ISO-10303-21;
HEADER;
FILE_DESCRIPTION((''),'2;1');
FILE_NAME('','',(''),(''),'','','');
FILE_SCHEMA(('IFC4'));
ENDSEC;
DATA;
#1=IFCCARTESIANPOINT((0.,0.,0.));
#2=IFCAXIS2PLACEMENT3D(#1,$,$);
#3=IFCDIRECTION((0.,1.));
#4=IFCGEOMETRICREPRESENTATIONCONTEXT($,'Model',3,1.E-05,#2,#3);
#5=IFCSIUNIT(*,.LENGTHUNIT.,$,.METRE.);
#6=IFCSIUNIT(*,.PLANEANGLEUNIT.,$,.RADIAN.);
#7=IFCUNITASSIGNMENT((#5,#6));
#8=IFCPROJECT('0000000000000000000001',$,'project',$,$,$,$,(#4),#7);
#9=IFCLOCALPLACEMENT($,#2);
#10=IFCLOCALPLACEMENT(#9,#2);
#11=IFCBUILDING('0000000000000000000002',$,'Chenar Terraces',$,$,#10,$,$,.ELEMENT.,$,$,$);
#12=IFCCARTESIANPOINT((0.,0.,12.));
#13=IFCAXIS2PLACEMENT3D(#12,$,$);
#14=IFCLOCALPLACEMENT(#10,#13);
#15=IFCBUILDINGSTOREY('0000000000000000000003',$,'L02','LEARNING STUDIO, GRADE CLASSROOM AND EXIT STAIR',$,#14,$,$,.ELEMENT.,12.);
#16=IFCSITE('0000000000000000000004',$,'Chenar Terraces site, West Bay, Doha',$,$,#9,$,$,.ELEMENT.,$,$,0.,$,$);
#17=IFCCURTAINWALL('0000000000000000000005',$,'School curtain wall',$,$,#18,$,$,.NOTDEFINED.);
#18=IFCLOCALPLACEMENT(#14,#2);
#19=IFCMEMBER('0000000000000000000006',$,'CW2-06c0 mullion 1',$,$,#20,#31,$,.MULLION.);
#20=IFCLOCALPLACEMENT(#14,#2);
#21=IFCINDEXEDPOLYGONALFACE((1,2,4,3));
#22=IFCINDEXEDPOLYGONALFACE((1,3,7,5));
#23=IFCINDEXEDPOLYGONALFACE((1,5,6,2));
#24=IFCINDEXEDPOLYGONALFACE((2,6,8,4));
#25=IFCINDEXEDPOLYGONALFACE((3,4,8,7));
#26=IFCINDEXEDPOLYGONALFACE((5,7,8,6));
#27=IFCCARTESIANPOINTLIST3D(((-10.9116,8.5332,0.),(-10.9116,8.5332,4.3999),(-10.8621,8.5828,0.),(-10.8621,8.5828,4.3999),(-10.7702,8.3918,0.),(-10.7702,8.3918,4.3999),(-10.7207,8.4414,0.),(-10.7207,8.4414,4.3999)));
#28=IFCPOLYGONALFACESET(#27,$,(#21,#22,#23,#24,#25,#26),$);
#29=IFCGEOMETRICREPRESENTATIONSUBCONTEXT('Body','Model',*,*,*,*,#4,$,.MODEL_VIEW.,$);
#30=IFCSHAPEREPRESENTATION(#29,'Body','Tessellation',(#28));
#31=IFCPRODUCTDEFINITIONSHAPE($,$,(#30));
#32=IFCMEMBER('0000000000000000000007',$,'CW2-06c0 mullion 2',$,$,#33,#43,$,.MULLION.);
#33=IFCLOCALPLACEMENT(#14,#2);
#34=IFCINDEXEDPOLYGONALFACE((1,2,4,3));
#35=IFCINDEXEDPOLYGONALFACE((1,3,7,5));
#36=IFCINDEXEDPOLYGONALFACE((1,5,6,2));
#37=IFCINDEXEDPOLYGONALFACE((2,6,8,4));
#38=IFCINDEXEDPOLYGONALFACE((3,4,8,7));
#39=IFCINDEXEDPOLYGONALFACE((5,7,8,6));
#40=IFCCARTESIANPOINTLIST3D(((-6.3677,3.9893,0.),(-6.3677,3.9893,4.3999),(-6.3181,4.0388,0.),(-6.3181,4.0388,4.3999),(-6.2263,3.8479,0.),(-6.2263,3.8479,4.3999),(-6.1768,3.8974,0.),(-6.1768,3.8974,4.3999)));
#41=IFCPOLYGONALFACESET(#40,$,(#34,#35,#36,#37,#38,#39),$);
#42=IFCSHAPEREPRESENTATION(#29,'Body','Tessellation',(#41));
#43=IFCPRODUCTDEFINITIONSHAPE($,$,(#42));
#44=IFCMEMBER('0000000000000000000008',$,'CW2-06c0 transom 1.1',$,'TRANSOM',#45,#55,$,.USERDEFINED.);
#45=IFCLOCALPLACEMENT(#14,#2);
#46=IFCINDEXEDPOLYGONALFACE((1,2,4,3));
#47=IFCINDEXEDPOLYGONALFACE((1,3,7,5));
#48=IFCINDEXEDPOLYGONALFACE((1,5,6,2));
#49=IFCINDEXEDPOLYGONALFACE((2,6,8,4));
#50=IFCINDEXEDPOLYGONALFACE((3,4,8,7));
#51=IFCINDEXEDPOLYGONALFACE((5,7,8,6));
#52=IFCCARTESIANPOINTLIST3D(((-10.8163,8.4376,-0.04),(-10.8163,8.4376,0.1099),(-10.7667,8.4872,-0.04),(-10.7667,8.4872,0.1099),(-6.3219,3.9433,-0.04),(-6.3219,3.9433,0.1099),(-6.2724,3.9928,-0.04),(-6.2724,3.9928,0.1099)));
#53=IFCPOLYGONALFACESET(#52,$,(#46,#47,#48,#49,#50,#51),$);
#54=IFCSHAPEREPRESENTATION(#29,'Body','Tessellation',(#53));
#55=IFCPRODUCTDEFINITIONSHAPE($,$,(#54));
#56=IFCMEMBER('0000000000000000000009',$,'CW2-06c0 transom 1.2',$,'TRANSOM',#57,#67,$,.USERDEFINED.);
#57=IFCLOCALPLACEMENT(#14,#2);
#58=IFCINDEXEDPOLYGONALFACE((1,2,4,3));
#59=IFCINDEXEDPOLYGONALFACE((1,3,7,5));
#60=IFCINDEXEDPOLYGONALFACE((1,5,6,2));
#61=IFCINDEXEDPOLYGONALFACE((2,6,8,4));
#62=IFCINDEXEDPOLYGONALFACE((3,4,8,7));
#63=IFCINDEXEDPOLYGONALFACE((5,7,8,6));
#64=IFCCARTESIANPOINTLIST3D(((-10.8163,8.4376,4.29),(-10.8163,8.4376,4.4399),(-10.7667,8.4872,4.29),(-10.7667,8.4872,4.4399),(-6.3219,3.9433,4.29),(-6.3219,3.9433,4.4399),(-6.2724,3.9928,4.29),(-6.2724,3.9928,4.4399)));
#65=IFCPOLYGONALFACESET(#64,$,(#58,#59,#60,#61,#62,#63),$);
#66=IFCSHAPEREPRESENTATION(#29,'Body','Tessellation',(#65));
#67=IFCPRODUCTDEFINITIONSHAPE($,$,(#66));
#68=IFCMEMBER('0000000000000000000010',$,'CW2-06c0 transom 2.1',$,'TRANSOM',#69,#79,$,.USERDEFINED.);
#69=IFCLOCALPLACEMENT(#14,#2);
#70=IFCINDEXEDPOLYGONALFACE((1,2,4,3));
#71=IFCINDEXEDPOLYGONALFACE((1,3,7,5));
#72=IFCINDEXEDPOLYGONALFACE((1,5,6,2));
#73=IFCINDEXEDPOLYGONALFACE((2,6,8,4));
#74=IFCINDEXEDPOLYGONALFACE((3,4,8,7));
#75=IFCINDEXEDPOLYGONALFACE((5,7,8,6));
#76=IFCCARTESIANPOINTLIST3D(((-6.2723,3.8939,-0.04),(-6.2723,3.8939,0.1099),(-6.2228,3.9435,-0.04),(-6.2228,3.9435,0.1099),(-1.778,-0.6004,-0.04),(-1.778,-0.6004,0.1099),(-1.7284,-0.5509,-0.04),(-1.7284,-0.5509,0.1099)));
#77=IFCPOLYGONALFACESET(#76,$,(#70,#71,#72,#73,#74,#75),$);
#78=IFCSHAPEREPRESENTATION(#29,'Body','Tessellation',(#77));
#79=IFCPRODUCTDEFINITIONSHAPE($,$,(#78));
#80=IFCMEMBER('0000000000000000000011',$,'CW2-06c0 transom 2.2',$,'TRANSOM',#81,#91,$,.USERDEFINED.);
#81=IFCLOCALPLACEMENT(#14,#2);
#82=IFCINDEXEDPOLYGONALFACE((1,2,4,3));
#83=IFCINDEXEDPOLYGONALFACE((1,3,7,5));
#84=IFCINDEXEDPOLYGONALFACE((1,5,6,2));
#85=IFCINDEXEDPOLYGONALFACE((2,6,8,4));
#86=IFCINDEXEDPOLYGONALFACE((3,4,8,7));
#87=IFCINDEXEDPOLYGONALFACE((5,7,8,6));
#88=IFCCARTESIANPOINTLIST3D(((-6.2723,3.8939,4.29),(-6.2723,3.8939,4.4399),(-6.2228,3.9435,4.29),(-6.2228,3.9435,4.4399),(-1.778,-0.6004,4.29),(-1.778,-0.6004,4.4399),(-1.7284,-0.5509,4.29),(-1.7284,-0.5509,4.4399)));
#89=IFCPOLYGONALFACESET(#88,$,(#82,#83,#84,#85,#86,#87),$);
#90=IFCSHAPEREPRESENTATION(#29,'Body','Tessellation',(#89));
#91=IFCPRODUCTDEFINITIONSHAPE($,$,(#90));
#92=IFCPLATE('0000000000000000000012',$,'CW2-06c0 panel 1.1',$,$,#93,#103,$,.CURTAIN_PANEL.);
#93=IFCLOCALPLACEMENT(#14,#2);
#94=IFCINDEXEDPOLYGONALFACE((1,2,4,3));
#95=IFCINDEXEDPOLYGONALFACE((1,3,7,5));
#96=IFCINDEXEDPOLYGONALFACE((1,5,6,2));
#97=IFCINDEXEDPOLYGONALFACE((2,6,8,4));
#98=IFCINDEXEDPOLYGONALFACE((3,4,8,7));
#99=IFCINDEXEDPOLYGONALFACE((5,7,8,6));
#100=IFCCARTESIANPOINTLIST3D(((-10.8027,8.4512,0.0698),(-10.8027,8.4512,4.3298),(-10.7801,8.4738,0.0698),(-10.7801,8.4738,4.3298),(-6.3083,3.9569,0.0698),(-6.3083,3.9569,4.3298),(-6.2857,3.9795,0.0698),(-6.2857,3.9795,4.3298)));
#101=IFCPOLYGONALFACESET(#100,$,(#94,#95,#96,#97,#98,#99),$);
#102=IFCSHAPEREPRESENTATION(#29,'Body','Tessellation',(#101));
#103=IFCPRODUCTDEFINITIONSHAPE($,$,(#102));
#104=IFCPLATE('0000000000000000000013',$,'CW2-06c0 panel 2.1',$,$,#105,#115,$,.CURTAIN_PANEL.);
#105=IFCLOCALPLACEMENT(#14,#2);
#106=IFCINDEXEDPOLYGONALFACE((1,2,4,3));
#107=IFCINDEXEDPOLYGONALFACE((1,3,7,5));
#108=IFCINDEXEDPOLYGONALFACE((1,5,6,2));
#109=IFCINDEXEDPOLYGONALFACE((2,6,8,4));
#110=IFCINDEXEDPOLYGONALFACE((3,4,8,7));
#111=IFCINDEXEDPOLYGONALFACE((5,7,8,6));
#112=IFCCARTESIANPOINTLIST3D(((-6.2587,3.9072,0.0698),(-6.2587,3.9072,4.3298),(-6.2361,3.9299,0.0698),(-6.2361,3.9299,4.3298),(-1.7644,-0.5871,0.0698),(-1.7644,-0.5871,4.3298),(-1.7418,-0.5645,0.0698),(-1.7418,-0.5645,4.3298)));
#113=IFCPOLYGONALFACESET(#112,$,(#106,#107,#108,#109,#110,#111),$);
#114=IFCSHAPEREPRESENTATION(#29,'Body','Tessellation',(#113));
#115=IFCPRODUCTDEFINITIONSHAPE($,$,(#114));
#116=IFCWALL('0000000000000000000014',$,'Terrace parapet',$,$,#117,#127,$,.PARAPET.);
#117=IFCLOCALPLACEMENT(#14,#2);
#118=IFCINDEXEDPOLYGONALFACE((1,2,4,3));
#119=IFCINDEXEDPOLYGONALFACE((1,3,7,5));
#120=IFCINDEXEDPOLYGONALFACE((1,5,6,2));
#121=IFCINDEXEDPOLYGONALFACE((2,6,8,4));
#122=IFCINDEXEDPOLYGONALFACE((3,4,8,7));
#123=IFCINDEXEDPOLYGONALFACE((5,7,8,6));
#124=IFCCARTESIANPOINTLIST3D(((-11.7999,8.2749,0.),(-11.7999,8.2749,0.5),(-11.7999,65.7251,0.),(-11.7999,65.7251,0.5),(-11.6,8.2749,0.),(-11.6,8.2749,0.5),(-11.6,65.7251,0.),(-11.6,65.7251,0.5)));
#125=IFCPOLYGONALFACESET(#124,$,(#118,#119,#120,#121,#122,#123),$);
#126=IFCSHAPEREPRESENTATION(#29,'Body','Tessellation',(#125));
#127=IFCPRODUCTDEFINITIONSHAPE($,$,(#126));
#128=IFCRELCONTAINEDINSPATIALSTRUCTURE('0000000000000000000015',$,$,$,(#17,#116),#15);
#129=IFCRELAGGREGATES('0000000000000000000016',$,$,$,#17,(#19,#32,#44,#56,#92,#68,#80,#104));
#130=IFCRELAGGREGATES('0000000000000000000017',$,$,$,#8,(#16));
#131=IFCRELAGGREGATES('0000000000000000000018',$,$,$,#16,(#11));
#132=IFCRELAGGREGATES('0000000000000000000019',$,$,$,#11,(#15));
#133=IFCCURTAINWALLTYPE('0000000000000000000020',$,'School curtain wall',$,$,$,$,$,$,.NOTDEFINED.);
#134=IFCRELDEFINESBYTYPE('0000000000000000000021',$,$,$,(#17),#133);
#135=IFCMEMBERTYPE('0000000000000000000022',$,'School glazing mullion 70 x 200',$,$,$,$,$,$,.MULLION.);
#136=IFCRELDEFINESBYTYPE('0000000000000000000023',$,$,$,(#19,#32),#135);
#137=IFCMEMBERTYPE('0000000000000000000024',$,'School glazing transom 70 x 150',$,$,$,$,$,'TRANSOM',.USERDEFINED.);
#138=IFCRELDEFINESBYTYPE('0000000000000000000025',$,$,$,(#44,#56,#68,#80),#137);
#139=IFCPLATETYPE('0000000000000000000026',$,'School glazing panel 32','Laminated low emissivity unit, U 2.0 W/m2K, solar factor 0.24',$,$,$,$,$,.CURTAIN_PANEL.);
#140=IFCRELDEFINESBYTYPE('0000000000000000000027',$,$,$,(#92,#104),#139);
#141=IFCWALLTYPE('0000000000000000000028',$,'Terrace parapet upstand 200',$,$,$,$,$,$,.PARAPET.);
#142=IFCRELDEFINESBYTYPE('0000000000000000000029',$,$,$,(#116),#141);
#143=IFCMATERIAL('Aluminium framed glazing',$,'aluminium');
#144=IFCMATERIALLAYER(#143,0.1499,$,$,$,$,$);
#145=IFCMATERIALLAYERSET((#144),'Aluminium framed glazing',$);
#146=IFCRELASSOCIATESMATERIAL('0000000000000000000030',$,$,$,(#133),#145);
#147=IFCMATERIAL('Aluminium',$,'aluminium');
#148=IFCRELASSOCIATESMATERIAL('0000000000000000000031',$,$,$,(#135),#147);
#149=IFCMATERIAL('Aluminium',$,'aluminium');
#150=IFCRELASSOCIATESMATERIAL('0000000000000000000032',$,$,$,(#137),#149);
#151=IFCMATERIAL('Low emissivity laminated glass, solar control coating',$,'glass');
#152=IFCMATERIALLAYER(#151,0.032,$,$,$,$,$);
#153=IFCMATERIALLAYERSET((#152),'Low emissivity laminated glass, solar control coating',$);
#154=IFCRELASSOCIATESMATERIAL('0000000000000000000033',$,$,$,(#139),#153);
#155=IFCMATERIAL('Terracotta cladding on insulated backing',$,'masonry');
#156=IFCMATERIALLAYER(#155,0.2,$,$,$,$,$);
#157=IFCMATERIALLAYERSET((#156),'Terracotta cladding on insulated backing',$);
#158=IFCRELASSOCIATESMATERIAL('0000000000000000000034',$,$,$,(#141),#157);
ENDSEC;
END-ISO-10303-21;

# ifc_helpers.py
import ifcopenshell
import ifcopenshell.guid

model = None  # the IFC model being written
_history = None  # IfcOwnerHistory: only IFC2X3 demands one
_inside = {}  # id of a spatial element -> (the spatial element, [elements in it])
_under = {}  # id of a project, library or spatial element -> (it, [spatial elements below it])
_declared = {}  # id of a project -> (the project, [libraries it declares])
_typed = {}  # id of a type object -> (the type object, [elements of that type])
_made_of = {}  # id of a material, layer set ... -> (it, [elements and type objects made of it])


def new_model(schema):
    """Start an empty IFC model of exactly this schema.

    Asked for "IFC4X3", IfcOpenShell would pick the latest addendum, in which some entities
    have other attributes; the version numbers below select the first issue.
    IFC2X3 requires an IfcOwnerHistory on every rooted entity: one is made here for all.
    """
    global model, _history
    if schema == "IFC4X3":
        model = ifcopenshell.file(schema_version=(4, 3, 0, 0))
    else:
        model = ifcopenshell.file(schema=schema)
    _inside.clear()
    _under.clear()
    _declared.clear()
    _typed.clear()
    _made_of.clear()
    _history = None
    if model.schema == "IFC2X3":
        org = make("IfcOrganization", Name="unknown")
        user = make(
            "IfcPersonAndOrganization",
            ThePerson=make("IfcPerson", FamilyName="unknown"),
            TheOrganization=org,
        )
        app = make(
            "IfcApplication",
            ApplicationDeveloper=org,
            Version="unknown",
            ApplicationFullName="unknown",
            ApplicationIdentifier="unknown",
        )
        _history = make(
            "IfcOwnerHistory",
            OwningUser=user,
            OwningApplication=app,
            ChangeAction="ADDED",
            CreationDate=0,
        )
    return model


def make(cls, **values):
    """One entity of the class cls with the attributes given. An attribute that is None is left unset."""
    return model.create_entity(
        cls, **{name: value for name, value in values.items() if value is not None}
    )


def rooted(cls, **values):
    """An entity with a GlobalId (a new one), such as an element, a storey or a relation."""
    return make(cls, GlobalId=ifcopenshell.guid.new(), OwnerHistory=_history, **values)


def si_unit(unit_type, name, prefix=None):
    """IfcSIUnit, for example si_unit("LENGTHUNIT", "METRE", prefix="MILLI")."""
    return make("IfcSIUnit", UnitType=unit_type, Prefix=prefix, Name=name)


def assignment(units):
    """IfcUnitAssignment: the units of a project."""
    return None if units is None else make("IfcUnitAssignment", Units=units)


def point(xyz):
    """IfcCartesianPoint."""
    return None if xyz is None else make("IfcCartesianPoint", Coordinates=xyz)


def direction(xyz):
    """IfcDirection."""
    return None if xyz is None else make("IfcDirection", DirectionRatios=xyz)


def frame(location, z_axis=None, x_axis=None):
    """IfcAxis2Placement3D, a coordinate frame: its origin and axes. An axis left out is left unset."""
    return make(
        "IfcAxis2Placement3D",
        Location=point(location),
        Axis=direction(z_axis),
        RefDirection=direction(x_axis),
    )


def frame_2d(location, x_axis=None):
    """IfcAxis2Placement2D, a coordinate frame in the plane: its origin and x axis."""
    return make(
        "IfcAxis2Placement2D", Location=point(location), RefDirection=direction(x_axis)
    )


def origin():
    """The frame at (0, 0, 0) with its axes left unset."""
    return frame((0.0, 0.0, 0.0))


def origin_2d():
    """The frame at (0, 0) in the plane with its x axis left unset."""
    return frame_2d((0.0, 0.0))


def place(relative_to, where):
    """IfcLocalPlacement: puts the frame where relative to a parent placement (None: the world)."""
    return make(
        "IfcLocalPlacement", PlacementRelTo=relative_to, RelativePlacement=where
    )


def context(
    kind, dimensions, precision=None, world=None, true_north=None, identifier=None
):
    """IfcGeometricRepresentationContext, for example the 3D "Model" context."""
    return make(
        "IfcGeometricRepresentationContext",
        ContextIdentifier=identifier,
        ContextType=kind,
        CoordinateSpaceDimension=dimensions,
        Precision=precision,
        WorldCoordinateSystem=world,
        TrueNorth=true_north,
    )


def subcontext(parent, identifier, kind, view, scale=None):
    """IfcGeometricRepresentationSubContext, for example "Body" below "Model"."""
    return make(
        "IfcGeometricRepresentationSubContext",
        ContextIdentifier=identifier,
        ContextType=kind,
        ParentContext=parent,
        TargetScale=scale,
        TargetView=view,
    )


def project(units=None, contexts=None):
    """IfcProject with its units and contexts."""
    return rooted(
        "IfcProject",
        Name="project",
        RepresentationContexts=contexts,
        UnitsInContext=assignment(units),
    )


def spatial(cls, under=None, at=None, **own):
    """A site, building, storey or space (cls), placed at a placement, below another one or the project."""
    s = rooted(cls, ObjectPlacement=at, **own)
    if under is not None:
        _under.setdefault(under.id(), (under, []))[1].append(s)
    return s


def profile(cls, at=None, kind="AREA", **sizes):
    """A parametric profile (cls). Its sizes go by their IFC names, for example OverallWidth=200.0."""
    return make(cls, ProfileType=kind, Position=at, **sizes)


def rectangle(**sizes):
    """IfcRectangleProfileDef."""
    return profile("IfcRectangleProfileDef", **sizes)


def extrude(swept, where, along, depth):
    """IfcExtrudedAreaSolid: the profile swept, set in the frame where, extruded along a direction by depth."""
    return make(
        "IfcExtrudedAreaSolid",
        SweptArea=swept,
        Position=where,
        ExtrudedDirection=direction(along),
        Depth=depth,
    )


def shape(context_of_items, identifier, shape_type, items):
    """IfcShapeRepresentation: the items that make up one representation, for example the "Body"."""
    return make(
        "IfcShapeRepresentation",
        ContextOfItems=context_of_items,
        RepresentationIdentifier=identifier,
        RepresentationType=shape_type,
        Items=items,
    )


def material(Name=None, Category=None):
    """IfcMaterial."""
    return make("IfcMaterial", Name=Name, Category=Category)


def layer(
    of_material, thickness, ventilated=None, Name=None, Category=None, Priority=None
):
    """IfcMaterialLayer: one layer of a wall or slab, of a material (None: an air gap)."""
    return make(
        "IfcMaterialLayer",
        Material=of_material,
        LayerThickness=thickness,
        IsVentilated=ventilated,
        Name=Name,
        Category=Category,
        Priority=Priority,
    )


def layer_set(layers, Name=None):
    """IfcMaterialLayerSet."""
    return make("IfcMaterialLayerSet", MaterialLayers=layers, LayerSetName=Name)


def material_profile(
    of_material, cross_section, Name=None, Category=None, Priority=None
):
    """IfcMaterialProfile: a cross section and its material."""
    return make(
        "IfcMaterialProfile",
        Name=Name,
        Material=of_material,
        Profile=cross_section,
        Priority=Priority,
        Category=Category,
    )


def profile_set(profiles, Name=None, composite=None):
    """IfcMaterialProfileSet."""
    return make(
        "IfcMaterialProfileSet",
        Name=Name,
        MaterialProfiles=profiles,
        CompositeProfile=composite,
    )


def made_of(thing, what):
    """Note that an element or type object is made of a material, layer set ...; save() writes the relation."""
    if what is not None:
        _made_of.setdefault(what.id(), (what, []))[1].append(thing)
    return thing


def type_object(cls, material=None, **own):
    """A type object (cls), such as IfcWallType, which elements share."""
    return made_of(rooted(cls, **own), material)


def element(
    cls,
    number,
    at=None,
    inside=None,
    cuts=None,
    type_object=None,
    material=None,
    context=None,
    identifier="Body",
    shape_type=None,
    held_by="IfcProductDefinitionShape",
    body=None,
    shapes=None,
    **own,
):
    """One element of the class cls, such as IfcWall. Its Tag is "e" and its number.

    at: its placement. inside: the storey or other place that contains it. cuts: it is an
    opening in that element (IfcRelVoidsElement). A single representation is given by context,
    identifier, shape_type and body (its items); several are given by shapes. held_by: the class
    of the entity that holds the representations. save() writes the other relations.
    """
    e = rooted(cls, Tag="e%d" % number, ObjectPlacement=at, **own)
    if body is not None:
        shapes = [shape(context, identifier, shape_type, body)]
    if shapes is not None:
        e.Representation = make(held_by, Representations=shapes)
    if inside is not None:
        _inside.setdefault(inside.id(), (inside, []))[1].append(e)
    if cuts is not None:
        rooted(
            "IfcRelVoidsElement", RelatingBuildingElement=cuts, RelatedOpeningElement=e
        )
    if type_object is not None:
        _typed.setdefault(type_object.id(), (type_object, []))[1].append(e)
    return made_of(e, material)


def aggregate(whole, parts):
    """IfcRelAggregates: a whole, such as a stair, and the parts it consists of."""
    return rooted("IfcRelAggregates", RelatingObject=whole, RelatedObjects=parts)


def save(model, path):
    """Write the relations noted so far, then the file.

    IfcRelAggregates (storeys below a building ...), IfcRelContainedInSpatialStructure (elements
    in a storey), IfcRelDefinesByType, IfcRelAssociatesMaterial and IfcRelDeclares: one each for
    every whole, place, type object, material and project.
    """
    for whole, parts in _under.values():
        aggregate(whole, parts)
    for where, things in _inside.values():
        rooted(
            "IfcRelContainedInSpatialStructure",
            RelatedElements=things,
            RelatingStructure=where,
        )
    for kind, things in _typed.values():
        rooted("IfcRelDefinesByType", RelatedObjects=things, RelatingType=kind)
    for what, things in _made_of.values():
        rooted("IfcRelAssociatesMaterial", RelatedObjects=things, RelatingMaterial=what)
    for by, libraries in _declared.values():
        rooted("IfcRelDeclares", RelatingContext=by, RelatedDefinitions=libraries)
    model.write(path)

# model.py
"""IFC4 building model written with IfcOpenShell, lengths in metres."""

from ifc_helpers import new_model, si_unit, direction, frame, frame_2d, origin, origin_2d, place, context, subcontext, project, spatial, rectangle, extrude, material, layer, layer_set, material_profile, profile_set, type_object, element, aggregate, save


model = new_model("IFC4")

# Units and contexts
model_context = context("Model", 3, precision=1e-05, world=origin(), true_north=direction((0.0, 1.0)))
body_context = subcontext(model_context, "Body", "Model", "MODEL_VIEW")
ifc_project = project(units=[si_unit("LENGTHUNIT", "METRE"), si_unit("PLANEANGLEUNIT", "RADIAN")], contexts=[model_context])

# Site, building, storey
site_placement = place(None, origin())
site = spatial("IfcSite", under=ifc_project, at=site_placement, Name="Chenar Terraces site, West Bay, Doha", CompositionType="ELEMENT", RefElevation=0.0)
building_placement = place(site_placement, origin())
building = spatial("IfcBuilding", under=site, at=building_placement, Name="Chenar Terraces", CompositionType="ELEMENT")
storey_placement = place(building_placement, frame((0.0, 0.0, 12.0)))
storey = spatial("IfcBuildingStorey", under=building, at=storey_placement, Name="L02", Description="LEARNING STUDIO, GRADE CLASSROOM AND EXIT STAIR", CompositionType="ELEMENT", Elevation=12.0)

# Curtain wall, members, plates
ifc_material_1 = material(Name="Aluminium framed glazing", Category="aluminium")
ifc_layer_1 = layer(ifc_material_1, 0.1499)
ifc_layer_set_1 = layer_set([ifc_layer_1], Name="Aluminium framed glazing")
curtain_wall_type = type_object("IfcCurtainWallType", Name="School curtain wall", PredefinedType="NOTDEFINED", material=ifc_layer_set_1)
curtain_wall_placement = place(storey_placement, origin())
curtain_wall = element("IfcCurtainWall", 1, at=curtain_wall_placement, inside=storey, type_object=curtain_wall_type, Name="School curtain wall", PredefinedType="NOTDEFINED")
ifc_material_2 = material(Name="Aluminium", Category="aluminium")
ifc_material_profile_1 = material_profile(ifc_material_2, rectangle(XDim=0.0701, YDim=0.2, at=origin_2d()), Name="School glazing mullion 70 x 200")
ifc_profile_set_1 = profile_set([ifc_material_profile_1], Name="Aluminium")
member_type_1 = type_object("IfcMemberType", Name="School glazing mullion 70 x 200", PredefinedType="MULLION", material=ifc_profile_set_1)
member_1_placement = place(storey_placement, frame((-10.8162, 8.4873, 0.0), z_axis=(0.0, 0.0, 1.0), x_axis=(0.707107, 0.707107, 0.0)))
member_1 = element("IfcMember", 2, at=member_1_placement, type_object=member_type_1, Name="CW2-06c0 mullion 1", PredefinedType="MULLION", context=body_context, shape_type="SweptSolid", body=[
    extrude(rectangle(XDim=0.0701, YDim=0.2, at=origin_2d()), origin(), (0.0, 0.0, 1.0), 4.3999),
])
member_2_placement = place(storey_placement, frame((-6.2722, 3.9434, 0.0), z_axis=(0.0, 0.0, 1.0), x_axis=(0.707107, 0.707107, 0.0)))
member_2 = element("IfcMember", 3, at=member_2_placement, type_object=member_type_1, Name="CW2-06c0 mullion 2", PredefinedType="MULLION", context=body_context, shape_type="SweptSolid", body=[
    extrude(rectangle(XDim=0.0701, YDim=0.2, at=origin_2d()), origin(), (0.0, 0.0, 1.0), 4.3999),
])
ifc_material_3 = material(Name="Aluminium", Category="aluminium")
ifc_material_profile_2 = material_profile(ifc_material_3, rectangle(XDim=0.0701, YDim=0.1499, at=origin_2d()), Name="School glazing transom 70 x 150")
ifc_profile_set_2 = profile_set([ifc_material_profile_2], Name="Aluminium")
member_type_2 = type_object("IfcMemberType", Name="School glazing transom 70 x 150", ElementType="TRANSOM", PredefinedType="USERDEFINED", material=ifc_profile_set_2)
member_3_placement = place(storey_placement, frame((-10.7915, 8.4624, 0.0349), z_axis=(0.707107, -0.707107, 0.0), x_axis=(0.707107, 0.707107, 0.0)))
member_3 = element("IfcMember", 4, at=member_3_placement, type_object=member_type_2, Name="CW2-06c0 transom 1.1", ObjectType="TRANSOM", PredefinedType="USERDEFINED", context=body_context, shape_type="SweptSolid", body=[
    extrude(rectangle(XDim=0.0701, YDim=0.1499, at=origin_2d()), origin(), (0.0, 0.0, 1.0), 6.356),
])
member_4_placement = place(storey_placement, frame((-10.7915, 8.4624, 4.365), z_axis=(0.707107, -0.707107, 0.0), x_axis=(0.707107, 0.707107, 0.0)))
member_4 = element("IfcMember", 5, at=member_4_placement, type_object=member_type_2, Name="CW2-06c0 transom 1.2", ObjectType="TRANSOM", PredefinedType="USERDEFINED", context=body_context, shape_type="SweptSolid", body=[
    extrude(rectangle(XDim=0.0701, YDim=0.1499, at=origin_2d()), origin(), (0.0, 0.0, 1.0), 6.356),
])
member_5_placement = place(storey_placement, frame((-6.2476, 3.9187, 0.0349), z_axis=(0.707107, -0.707107, 0.0), x_axis=(0.707107, 0.707107, 0.0)))
member_5 = element("IfcMember", 6, at=member_5_placement, type_object=member_type_2, Name="CW2-06c0 transom 2.1", ObjectType="TRANSOM", PredefinedType="USERDEFINED", context=body_context, shape_type="SweptSolid", body=[
    extrude(rectangle(XDim=0.0701, YDim=0.1499, at=origin_2d()), origin(), (0.0, 0.0, 1.0), 6.356),
])
member_6_placement = place(storey_placement, frame((-6.2476, 3.9187, 4.365), z_axis=(0.707107, -0.707107, 0.0), x_axis=(0.707107, 0.707107, 0.0)))
member_6 = element("IfcMember", 7, at=member_6_placement, type_object=member_type_2, Name="CW2-06c0 transom 2.2", ObjectType="TRANSOM", PredefinedType="USERDEFINED", context=body_context, shape_type="SweptSolid", body=[
    extrude(rectangle(XDim=0.0701, YDim=0.1499, at=origin_2d()), origin(), (0.0, 0.0, 1.0), 6.356),
])
ifc_material_4 = material(Name="Low emissivity laminated glass, solar control coating", Category="glass")
ifc_layer_2 = layer(ifc_material_4, 0.032)
ifc_layer_set_2 = layer_set([ifc_layer_2], Name="Low emissivity laminated glass, solar control coating")
plate_type = type_object("IfcPlateType", Name="School glazing panel 32", Description="Laminated low emissivity unit, U 2.0 W/m2K, solar factor 0.24", PredefinedType="CURTAIN_PANEL", material=ifc_layer_set_2)
plate_1_placement = place(storey_placement, frame((-8.5442, 6.2153, 0.0698), z_axis=(0.0, 0.0, 1.0), x_axis=(0.707107, -0.707107, 0.0)))
plate_1 = element("IfcPlate", 8, at=plate_1_placement, type_object=plate_type, Name="CW2-06c0 panel 1.1", PredefinedType="CURTAIN_PANEL", context=body_context, shape_type="SweptSolid", body=[
    extrude(rectangle(XDim=6.356, YDim=0.032, at=origin_2d()), origin(), (0.0, 0.0, 1.0), 4.26),
])
plate_2_placement = place(storey_placement, frame((-4.0002, 1.6714, 0.0698), z_axis=(0.0, 0.0, 1.0), x_axis=(0.707107, -0.707107, 0.0)))
plate_2 = element("IfcPlate", 9, at=plate_2_placement, type_object=plate_type, Name="CW2-06c0 panel 2.1", PredefinedType="CURTAIN_PANEL", context=body_context, shape_type="SweptSolid", body=[
    extrude(rectangle(XDim=6.356, YDim=0.032, at=origin_2d()), origin(), (0.0, 0.0, 1.0), 4.26),
])
aggregate(curtain_wall, [member_1, member_2, member_3, member_4, plate_1, member_5, member_6, plate_2])

# Wall
ifc_material_5 = material(Name="Terracotta cladding on insulated backing", Category="masonry")
ifc_layer_3 = layer(ifc_material_5, 0.2)
ifc_layer_set_3 = layer_set([ifc_layer_3], Name="Terracotta cladding on insulated backing")
wall_type = type_object("IfcWallType", Name="Terrace parapet upstand 200", PredefinedType="PARAPET", material=ifc_layer_set_3)
wall_placement = place(storey_placement, frame((-11.7, 8.2749, 0.0), z_axis=(0.0, 0.0, 1.0), x_axis=(0.0, 1.0, 0.0)))
element("IfcWall", 10, at=wall_placement, inside=storey, type_object=wall_type, Name="Terrace parapet", PredefinedType="PARAPET", context=body_context, shape_type="SweptSolid", body=[
    extrude(rectangle(XDim=57.4502, YDim=0.2, at=frame_2d((28.7251, 0.0))), origin(), (0.0, 0.0, 1.0), 0.5),
])

save(model, "model.ifc")
